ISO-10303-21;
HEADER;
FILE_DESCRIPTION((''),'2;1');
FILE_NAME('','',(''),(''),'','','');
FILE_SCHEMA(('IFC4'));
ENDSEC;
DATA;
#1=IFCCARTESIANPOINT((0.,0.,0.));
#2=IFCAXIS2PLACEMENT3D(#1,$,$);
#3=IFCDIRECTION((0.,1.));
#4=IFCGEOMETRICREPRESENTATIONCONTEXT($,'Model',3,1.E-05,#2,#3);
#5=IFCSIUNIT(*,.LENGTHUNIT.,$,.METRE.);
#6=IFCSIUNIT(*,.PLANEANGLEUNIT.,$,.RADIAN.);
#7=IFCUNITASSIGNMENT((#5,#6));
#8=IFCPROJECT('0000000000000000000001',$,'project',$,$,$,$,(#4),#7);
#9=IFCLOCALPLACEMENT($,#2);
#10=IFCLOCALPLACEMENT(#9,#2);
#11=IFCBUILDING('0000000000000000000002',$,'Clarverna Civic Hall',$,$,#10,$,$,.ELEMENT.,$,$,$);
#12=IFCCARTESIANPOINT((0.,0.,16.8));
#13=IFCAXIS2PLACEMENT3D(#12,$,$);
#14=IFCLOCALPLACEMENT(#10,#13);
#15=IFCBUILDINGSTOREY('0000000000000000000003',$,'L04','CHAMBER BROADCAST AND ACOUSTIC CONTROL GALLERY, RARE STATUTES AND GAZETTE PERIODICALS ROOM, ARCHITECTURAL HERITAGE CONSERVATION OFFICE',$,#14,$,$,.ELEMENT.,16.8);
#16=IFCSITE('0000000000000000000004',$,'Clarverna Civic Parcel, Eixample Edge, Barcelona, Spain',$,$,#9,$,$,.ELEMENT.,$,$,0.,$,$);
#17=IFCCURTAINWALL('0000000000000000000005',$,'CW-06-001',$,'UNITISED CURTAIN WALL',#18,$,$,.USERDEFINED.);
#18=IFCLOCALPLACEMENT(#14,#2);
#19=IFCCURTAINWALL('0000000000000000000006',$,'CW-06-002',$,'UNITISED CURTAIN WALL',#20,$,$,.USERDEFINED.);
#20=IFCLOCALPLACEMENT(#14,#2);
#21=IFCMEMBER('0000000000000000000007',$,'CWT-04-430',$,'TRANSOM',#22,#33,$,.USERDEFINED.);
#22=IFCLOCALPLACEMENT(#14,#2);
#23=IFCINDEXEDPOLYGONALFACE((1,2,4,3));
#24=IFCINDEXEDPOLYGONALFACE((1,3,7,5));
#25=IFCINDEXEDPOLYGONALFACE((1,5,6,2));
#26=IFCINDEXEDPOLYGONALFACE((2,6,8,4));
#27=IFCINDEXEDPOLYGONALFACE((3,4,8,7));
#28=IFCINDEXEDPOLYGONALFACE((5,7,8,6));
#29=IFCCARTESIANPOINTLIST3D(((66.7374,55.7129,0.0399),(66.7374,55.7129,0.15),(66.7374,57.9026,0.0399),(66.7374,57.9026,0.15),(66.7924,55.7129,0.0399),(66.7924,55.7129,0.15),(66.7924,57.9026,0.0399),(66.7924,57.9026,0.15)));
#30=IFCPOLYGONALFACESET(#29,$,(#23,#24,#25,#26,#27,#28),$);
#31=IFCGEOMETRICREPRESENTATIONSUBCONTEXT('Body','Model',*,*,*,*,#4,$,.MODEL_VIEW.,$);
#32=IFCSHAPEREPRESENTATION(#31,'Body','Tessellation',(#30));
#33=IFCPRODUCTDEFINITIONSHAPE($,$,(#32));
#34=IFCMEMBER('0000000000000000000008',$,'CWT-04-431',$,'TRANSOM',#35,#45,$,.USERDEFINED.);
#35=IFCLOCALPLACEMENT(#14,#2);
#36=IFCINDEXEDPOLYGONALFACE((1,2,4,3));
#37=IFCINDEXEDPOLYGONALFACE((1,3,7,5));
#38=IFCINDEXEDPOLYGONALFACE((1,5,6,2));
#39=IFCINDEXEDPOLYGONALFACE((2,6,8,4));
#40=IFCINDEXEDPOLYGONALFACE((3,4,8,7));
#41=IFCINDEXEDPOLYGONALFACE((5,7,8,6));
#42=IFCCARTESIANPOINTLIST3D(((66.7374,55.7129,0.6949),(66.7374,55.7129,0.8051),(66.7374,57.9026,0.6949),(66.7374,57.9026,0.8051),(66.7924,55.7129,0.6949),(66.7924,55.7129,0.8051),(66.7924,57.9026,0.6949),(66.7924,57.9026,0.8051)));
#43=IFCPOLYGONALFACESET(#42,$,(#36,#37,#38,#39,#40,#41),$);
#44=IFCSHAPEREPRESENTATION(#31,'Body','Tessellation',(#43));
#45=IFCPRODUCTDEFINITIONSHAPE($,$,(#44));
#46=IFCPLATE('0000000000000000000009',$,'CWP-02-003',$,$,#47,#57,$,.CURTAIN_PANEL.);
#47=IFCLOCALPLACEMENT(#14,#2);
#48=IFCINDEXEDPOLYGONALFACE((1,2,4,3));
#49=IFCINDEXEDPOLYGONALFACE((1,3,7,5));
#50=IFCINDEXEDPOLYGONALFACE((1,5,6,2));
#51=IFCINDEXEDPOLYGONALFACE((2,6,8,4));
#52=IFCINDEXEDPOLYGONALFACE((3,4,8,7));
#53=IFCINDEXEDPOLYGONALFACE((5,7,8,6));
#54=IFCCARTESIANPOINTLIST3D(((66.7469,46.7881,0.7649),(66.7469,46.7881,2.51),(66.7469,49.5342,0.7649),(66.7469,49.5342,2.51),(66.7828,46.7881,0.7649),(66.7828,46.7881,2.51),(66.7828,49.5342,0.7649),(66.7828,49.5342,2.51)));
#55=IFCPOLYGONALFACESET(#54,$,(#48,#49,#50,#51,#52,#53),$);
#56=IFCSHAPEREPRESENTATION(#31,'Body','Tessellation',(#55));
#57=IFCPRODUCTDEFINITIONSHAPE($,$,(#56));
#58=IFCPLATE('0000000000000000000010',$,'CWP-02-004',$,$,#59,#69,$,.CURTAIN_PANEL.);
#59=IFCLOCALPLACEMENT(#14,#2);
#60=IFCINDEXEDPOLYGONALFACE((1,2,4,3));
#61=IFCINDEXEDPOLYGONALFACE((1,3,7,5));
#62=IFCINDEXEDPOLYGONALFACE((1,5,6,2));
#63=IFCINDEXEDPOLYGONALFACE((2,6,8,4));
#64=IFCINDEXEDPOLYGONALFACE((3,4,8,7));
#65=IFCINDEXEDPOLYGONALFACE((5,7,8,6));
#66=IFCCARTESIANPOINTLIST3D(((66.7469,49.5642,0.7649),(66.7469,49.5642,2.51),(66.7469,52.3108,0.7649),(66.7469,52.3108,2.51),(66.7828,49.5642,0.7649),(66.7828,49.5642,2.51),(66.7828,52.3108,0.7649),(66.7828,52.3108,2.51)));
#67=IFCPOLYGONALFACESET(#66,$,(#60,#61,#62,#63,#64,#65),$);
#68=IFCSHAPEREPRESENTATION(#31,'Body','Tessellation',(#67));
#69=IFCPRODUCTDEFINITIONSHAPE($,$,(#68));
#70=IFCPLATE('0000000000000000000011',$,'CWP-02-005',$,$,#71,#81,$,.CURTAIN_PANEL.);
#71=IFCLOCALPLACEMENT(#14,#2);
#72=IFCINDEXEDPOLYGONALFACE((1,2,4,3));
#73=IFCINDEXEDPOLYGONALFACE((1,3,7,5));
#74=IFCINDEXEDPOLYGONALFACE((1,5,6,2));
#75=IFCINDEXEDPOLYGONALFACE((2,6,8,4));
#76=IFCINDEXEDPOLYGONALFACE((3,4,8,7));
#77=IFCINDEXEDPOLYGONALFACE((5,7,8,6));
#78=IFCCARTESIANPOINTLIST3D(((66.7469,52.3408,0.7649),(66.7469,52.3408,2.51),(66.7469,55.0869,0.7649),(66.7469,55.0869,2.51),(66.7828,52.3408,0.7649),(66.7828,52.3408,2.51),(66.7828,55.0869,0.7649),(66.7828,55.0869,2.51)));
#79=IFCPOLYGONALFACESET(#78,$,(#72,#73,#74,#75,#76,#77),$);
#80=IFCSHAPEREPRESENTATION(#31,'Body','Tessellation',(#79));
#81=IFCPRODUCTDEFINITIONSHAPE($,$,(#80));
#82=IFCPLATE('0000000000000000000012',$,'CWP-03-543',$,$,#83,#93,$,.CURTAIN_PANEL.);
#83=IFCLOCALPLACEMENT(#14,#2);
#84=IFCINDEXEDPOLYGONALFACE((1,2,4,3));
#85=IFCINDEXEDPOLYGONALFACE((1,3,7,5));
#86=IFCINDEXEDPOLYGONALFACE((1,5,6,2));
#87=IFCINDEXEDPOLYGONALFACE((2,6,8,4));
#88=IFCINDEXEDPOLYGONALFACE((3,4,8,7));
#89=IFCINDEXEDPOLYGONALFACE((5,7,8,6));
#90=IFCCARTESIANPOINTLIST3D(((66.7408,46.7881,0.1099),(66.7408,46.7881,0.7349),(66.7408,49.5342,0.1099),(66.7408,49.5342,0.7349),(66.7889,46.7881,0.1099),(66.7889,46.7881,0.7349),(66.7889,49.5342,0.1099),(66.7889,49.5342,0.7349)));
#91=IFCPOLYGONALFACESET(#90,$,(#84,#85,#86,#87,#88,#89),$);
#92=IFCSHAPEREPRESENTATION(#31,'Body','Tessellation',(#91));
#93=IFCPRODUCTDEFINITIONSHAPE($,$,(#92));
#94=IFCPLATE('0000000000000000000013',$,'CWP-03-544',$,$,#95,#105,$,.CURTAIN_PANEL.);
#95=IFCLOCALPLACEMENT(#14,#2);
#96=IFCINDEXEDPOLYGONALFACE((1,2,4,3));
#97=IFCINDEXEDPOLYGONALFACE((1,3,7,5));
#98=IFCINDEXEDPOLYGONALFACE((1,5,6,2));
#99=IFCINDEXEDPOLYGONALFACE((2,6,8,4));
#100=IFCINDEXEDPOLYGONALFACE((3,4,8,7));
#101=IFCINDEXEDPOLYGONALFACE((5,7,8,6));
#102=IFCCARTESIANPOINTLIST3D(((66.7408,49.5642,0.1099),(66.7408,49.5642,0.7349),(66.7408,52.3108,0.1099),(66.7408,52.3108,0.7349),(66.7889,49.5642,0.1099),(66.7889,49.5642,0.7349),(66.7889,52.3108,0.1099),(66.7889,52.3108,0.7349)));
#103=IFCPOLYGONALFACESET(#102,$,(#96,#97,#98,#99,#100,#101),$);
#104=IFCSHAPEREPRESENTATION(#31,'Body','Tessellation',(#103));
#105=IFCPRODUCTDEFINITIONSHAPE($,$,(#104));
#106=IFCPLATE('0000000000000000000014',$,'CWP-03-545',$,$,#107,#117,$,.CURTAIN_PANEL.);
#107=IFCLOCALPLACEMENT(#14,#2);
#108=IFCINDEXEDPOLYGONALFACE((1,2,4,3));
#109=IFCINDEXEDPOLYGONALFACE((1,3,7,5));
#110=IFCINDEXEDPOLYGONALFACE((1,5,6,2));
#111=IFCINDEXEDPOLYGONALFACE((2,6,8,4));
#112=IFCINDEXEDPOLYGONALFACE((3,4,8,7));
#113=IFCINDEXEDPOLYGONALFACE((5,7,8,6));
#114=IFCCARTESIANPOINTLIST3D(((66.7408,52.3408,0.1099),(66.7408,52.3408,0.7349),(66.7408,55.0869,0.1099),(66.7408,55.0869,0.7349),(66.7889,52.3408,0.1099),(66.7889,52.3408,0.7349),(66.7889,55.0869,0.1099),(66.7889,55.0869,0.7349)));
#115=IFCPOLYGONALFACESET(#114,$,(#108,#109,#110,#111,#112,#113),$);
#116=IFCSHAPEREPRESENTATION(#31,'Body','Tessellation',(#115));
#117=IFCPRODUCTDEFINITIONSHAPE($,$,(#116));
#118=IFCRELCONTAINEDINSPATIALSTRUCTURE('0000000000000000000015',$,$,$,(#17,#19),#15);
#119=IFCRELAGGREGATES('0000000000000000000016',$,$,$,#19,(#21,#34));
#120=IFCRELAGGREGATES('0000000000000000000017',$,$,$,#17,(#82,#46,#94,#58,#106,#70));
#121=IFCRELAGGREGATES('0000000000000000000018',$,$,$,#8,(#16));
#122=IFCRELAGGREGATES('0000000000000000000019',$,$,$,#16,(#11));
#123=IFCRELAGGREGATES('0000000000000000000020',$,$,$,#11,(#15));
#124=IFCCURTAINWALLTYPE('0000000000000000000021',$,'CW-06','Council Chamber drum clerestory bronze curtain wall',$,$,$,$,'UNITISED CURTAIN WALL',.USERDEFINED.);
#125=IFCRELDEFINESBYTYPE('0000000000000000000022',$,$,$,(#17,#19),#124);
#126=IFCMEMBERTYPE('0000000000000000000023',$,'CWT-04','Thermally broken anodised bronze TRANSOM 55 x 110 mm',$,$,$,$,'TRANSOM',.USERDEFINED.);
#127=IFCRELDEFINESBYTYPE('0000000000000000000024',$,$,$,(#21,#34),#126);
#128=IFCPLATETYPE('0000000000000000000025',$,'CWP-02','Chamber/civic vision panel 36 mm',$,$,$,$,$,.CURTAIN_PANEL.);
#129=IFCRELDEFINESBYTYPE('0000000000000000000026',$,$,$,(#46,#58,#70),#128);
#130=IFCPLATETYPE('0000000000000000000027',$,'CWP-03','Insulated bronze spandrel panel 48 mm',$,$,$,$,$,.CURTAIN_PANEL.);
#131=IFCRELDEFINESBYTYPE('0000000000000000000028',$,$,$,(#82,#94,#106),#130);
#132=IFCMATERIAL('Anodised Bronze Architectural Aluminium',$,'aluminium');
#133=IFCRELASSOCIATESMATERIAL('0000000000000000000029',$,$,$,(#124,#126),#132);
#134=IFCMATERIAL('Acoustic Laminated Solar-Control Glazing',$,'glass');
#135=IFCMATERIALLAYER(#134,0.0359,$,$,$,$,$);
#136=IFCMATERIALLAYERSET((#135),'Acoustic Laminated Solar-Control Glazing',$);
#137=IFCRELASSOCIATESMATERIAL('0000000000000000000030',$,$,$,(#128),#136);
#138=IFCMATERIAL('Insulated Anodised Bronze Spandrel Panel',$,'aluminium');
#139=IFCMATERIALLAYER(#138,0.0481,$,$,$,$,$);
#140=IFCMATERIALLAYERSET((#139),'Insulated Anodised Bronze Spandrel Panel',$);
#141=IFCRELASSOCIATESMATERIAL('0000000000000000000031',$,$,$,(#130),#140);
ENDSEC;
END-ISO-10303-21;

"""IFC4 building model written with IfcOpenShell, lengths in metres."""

from ifc_helpers import new_model, si_unit, direction, frame, frame_2d, origin, origin_2d, place, context, subcontext, project, spatial, rectangle, extrude, material, layer, layer_set, material_profile, profile_set, type_object, element, aggregate, save


model = new_model("IFC4")

# Units and contexts
model_context = context("Model", 3, precision=1e-05, world=origin(), true_north=direction((0.0, 1.0)))
body_context = subcontext(model_context, "Body", "Model", "MODEL_VIEW")
ifc_project = project(units=[si_unit("LENGTHUNIT", "METRE"), si_unit("PLANEANGLEUNIT", "RADIAN")], contexts=[model_context])

# Site, building, storey
site_placement = place(None, origin())
site = spatial("IfcSite", under=ifc_project, at=site_placement, Name="Clarverna Civic Parcel, Eixample Edge, Barcelona, Spain", CompositionType="ELEMENT", RefElevation=0.0)
building_placement = place(site_placement, origin())
building = spatial("IfcBuilding", under=site, at=building_placement, Name="Clarverna Civic Hall", CompositionType="ELEMENT")
storey_placement = place(building_placement, frame((0.0, 0.0, 16.8)))
storey = spatial("IfcBuildingStorey", under=building, at=storey_placement, Name="L04", Description="CHAMBER BROADCAST AND ACOUSTIC CONTROL GALLERY, RARE STATUTES AND GAZETTE PERIODICALS ROOM, ARCHITECTURAL HERITAGE CONSERVATION OFFICE", CompositionType="ELEMENT", Elevation=16.8)

# Curtain wall
ifc_material_1 = material(Name="Anodised Bronze Architectural Aluminium", Category="aluminium")
curtain_wall_type = type_object("IfcCurtainWallType", Name="CW-06", Description="Council Chamber drum clerestory bronze curtain wall", ElementType="UNITISED CURTAIN WALL", PredefinedType="USERDEFINED", material=ifc_material_1)
curtain_wall_1_placement = place(storey_placement, origin())
curtain_wall_1 = element("IfcCurtainWall", 1, at=curtain_wall_1_placement, inside=storey, type_object=curtain_wall_type, Name="CW-06-001", ObjectType="UNITISED CURTAIN WALL", PredefinedType="USERDEFINED")

# Curtain wall
curtain_wall_2_placement = place(storey_placement, origin())
curtain_wall_2 = element("IfcCurtainWall", 2, at=curtain_wall_2_placement, inside=storey, type_object=curtain_wall_type, Name="CW-06-002", ObjectType="UNITISED CURTAIN WALL", PredefinedType="USERDEFINED")

# Members
ifc_material_profile_1 = material_profile(ifc_material_1, rectangle(XDim=0.0549, YDim=0.1101, at=origin_2d()), Name="BRONZE 55x110")
ifc_profile_set_1 = profile_set([ifc_material_profile_1], Name="Anodised Bronze Architectural Aluminium")
member_type_1 = type_object("IfcMemberType", Name="CWT-04", Description="Thermally broken anodised bronze TRANSOM 55 x 110 mm", ElementType="TRANSOM", PredefinedType="USERDEFINED", material=ifc_profile_set_1)
member_1_placement = place(storey_placement, frame((66.7649, 55.7129, 0.095), z_axis=(0.0, 1.0, 0.0), x_axis=(-1.0, 0.0, 0.0)))
member_1 = element("IfcMember", 3, at=member_1_placement, type_object=member_type_1, Name="CWT-04-430", ObjectType="TRANSOM", PredefinedType="USERDEFINED", context=body_context, shape_type="SweptSolid", body=[
    extrude(rectangle(XDim=0.0549, YDim=0.1101, at=origin_2d()), origin(), (0.0, 0.0, 1.0), 2.1897),
])
member_2_placement = place(storey_placement, frame((66.7649, 55.7129, 0.75), z_axis=(0.0, 1.0, 0.0), x_axis=(-1.0, 0.0, 0.0)))
member_2 = element("IfcMember", 4, at=member_2_placement, type_object=member_type_1, Name="CWT-04-431", ObjectType="TRANSOM", PredefinedType="USERDEFINED", context=body_context, shape_type="SweptSolid", body=[
    extrude(rectangle(XDim=0.0549, YDim=0.1101, at=origin_2d()), origin(), (0.0, 0.0, 1.0), 2.1897),
])
aggregate(curtain_wall_2, [member_1, member_2])

# Plates
ifc_material_2 = material(Name="Acoustic Laminated Solar-Control Glazing", Category="glass")
ifc_layer_1 = layer(ifc_material_2, 0.0359)
ifc_layer_set_1 = layer_set([ifc_layer_1], Name="Acoustic Laminated Solar-Control Glazing")
plate_type_1 = type_object("IfcPlateType", Name="CWP-02", Description="Chamber/civic vision panel 36 mm", PredefinedType="CURTAIN_PANEL", material=ifc_layer_set_1)
plate_1_placement = place(storey_placement, frame((66.7649, 46.7881, 0.7649), z_axis=(0.0, 0.0, 1.0), x_axis=(0.0, 1.0, 0.0)))
plate_1 = element("IfcPlate", 5, at=plate_1_placement, type_object=plate_type_1, Name="CWP-02-003", PredefinedType="CURTAIN_PANEL", context=body_context, shape_type="SweptSolid", body=[
    extrude(rectangle(XDim=2.7461, YDim=0.0359, at=frame_2d((1.373, 0.0))), origin(), (0.0, 0.0, 1.0), 1.7451),
])
plate_2_placement = place(storey_placement, frame((66.7649, 49.5642, 0.7649), z_axis=(0.0, 0.0, 1.0), x_axis=(0.0, 1.0, 0.0)))
plate_2 = element("IfcPlate", 6, at=plate_2_placement, type_object=plate_type_1, Name="CWP-02-004", PredefinedType="CURTAIN_PANEL", context=body_context, shape_type="SweptSolid", body=[
    extrude(rectangle(XDim=2.7466, YDim=0.0359, at=frame_2d((1.3733, 0.0))), origin(), (0.0, 0.0, 1.0), 1.7451),
])
plate_3_placement = place(storey_placement, frame((66.7649, 52.3408, 0.7649), z_axis=(0.0, 0.0, 1.0), x_axis=(0.0, 1.0, 0.0)))
plate_3 = element("IfcPlate", 7, at=plate_3_placement, type_object=plate_type_1, Name="CWP-02-005", PredefinedType="CURTAIN_PANEL", context=body_context, shape_type="SweptSolid", body=[
    extrude(rectangle(XDim=2.7461, YDim=0.0359, at=frame_2d((1.373, 0.0))), origin(), (0.0, 0.0, 1.0), 1.7451),
])
ifc_material_3 = material(Name="Insulated Anodised Bronze Spandrel Panel", Category="aluminium")
ifc_layer_2 = layer(ifc_material_3, 0.0481)
ifc_layer_set_2 = layer_set([ifc_layer_2], Name="Insulated Anodised Bronze Spandrel Panel")
plate_type_2 = type_object("IfcPlateType", Name="CWP-03", Description="Insulated bronze spandrel panel 48 mm", PredefinedType="CURTAIN_PANEL", material=ifc_layer_set_2)
plate_4_placement = place(storey_placement, frame((66.7649, 46.7881, 0.1099), z_axis=(0.0, 0.0, 1.0), x_axis=(0.0, 1.0, 0.0)))
plate_4 = element("IfcPlate", 8, at=plate_4_placement, type_object=plate_type_2, Name="CWP-03-543", PredefinedType="CURTAIN_PANEL", context=body_context, shape_type="SweptSolid", body=[
    extrude(rectangle(XDim=2.7461, YDim=0.0481, at=frame_2d((1.373, 0.0))), origin(), (0.0, 0.0, 1.0), 0.625),
])
plate_5_placement = place(storey_placement, frame((66.7649, 49.5642, 0.1099), z_axis=(0.0, 0.0, 1.0), x_axis=(0.0, 1.0, 0.0)))
plate_5 = element("IfcPlate", 9, at=plate_5_placement, type_object=plate_type_2, Name="CWP-03-544", PredefinedType="CURTAIN_PANEL", context=body_context, shape_type="SweptSolid", body=[
    extrude(rectangle(XDim=2.7466, YDim=0.0481, at=frame_2d((1.3733, 0.0))), origin(), (0.0, 0.0, 1.0), 0.625),
])
plate_6_placement = place(storey_placement, frame((66.7649, 52.3408, 0.1099), z_axis=(0.0, 0.0, 1.0), x_axis=(0.0, 1.0, 0.0)))
plate_6 = element("IfcPlate", 10, at=plate_6_placement, type_object=plate_type_2, Name="CWP-03-545", PredefinedType="CURTAIN_PANEL", context=body_context, shape_type="SweptSolid", body=[
    extrude(rectangle(XDim=2.7461, YDim=0.0481, at=frame_2d((1.373, 0.0))), origin(), (0.0, 0.0, 1.0), 0.625),
])
aggregate(curtain_wall_1, [plate_4, plate_1, plate_5, plate_2, plate_6, plate_3])

save(model, "model.ifc")
